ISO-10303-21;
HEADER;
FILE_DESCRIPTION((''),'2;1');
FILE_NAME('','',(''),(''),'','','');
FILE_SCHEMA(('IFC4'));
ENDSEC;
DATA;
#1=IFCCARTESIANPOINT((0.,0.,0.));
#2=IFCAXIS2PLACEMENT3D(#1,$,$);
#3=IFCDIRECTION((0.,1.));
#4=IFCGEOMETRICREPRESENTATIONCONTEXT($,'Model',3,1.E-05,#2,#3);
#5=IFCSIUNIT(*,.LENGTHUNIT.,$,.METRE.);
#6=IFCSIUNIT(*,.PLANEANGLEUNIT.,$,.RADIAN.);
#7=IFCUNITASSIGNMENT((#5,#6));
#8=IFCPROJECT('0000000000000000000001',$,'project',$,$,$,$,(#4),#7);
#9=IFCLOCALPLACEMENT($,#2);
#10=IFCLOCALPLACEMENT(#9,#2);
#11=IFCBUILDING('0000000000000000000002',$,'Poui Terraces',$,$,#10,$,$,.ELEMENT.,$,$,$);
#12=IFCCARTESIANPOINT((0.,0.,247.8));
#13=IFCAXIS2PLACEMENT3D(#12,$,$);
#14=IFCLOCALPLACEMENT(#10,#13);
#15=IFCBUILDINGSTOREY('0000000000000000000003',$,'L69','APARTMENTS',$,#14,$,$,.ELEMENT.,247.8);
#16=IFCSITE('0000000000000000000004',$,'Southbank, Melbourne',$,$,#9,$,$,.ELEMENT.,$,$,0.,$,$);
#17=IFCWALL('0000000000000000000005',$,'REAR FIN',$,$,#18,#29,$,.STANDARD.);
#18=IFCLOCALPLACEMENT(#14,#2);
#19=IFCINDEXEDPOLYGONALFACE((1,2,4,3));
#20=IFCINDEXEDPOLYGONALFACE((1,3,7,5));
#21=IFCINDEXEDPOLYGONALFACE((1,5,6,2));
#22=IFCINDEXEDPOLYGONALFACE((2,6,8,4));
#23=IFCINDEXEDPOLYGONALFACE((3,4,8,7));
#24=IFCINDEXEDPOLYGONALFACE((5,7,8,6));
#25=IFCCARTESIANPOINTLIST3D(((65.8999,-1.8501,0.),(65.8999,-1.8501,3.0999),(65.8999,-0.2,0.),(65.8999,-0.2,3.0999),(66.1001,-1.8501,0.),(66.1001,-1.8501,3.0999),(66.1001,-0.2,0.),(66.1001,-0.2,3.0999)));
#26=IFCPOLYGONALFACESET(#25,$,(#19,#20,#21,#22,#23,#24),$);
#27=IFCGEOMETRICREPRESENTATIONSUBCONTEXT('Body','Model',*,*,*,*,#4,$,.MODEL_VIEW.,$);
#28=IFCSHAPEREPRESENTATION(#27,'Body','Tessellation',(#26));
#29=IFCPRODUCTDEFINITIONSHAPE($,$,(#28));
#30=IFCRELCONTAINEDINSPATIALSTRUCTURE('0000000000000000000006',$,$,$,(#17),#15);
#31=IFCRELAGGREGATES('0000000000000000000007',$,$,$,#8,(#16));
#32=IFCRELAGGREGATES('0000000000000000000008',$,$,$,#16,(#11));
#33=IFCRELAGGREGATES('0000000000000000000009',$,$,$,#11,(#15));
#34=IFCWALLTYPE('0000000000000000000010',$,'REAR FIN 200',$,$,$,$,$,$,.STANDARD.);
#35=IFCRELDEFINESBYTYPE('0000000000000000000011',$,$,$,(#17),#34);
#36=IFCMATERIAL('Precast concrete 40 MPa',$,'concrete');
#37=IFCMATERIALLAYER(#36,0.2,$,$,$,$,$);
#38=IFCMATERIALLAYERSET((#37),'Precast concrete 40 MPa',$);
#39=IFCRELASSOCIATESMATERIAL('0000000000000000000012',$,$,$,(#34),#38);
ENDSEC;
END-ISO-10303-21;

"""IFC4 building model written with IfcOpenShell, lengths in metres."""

from ifc_helpers import new_model, si_unit, direction, frame, origin, place, context, subcontext, project, spatial, polyline, outline, extrude, source, transform, mapped, material, layer, layer_set, type_object, element, save


model = new_model("IFC4")

# Units and contexts
model_context = context("Model", 3, precision=1e-05, world=origin(), true_north=direction((0.0, 1.0)))
body_context = subcontext(model_context, "Body", "Model", "MODEL_VIEW")
ifc_project = project(units=[si_unit("LENGTHUNIT", "METRE"), si_unit("PLANEANGLEUNIT", "RADIAN")], contexts=[model_context])

# Site, building, storey
site_placement = place(None, origin())
site = spatial("IfcSite", under=ifc_project, at=site_placement, Name="Southbank, Melbourne", CompositionType="ELEMENT", RefElevation=0.0)
building_placement = place(site_placement, origin())
building = spatial("IfcBuilding", under=site, at=building_placement, Name="Poui Terraces", CompositionType="ELEMENT")
storey_placement = place(building_placement, frame((0.0, 0.0, 247.8)))
storey = spatial("IfcBuildingStorey", under=building, at=storey_placement, Name="L69", Description="APARTMENTS", CompositionType="ELEMENT", Elevation=247.8)

# Shared definitions
ifc_material_1 = material(Name="Precast concrete 40 MPa", Category="concrete")

# Wall
ifc_layer_1 = layer(ifc_material_1, 0.2)
ifc_layer_set_1 = layer_set([ifc_layer_1], Name="Precast concrete 40 MPa")
wall_type_1 = type_object("IfcWallType", Name="REAR FIN 200", PredefinedType="STANDARD", material=ifc_layer_set_1)
shared_shape_1 = source(origin(), body_context, "Body", "SweptSolid", [
    extrude(outline(polyline([(0.0, 0.0), (0.2002, 0.0), (0.2002, 1.6501), (0.0, 1.6501), (0.0, 0.0)])), origin(), (0.0, 0.0, 1.0), 3.0999),
])
for number, where, name in (
    (1, (65.8999, -1.8501, 0.0), "REAR FIN"),
):
    element("IfcWall", number, at=place(storey_placement, frame(where)), inside=storey, type_object=wall_type_1, Name=name, PredefinedType="STANDARD", context=body_context, shape_type="MappedRepresentation", body=[
        mapped(shared_shape_1, transform((0.0, 0.0, 0.0))),
    ])

save(model, "model.ifc")
